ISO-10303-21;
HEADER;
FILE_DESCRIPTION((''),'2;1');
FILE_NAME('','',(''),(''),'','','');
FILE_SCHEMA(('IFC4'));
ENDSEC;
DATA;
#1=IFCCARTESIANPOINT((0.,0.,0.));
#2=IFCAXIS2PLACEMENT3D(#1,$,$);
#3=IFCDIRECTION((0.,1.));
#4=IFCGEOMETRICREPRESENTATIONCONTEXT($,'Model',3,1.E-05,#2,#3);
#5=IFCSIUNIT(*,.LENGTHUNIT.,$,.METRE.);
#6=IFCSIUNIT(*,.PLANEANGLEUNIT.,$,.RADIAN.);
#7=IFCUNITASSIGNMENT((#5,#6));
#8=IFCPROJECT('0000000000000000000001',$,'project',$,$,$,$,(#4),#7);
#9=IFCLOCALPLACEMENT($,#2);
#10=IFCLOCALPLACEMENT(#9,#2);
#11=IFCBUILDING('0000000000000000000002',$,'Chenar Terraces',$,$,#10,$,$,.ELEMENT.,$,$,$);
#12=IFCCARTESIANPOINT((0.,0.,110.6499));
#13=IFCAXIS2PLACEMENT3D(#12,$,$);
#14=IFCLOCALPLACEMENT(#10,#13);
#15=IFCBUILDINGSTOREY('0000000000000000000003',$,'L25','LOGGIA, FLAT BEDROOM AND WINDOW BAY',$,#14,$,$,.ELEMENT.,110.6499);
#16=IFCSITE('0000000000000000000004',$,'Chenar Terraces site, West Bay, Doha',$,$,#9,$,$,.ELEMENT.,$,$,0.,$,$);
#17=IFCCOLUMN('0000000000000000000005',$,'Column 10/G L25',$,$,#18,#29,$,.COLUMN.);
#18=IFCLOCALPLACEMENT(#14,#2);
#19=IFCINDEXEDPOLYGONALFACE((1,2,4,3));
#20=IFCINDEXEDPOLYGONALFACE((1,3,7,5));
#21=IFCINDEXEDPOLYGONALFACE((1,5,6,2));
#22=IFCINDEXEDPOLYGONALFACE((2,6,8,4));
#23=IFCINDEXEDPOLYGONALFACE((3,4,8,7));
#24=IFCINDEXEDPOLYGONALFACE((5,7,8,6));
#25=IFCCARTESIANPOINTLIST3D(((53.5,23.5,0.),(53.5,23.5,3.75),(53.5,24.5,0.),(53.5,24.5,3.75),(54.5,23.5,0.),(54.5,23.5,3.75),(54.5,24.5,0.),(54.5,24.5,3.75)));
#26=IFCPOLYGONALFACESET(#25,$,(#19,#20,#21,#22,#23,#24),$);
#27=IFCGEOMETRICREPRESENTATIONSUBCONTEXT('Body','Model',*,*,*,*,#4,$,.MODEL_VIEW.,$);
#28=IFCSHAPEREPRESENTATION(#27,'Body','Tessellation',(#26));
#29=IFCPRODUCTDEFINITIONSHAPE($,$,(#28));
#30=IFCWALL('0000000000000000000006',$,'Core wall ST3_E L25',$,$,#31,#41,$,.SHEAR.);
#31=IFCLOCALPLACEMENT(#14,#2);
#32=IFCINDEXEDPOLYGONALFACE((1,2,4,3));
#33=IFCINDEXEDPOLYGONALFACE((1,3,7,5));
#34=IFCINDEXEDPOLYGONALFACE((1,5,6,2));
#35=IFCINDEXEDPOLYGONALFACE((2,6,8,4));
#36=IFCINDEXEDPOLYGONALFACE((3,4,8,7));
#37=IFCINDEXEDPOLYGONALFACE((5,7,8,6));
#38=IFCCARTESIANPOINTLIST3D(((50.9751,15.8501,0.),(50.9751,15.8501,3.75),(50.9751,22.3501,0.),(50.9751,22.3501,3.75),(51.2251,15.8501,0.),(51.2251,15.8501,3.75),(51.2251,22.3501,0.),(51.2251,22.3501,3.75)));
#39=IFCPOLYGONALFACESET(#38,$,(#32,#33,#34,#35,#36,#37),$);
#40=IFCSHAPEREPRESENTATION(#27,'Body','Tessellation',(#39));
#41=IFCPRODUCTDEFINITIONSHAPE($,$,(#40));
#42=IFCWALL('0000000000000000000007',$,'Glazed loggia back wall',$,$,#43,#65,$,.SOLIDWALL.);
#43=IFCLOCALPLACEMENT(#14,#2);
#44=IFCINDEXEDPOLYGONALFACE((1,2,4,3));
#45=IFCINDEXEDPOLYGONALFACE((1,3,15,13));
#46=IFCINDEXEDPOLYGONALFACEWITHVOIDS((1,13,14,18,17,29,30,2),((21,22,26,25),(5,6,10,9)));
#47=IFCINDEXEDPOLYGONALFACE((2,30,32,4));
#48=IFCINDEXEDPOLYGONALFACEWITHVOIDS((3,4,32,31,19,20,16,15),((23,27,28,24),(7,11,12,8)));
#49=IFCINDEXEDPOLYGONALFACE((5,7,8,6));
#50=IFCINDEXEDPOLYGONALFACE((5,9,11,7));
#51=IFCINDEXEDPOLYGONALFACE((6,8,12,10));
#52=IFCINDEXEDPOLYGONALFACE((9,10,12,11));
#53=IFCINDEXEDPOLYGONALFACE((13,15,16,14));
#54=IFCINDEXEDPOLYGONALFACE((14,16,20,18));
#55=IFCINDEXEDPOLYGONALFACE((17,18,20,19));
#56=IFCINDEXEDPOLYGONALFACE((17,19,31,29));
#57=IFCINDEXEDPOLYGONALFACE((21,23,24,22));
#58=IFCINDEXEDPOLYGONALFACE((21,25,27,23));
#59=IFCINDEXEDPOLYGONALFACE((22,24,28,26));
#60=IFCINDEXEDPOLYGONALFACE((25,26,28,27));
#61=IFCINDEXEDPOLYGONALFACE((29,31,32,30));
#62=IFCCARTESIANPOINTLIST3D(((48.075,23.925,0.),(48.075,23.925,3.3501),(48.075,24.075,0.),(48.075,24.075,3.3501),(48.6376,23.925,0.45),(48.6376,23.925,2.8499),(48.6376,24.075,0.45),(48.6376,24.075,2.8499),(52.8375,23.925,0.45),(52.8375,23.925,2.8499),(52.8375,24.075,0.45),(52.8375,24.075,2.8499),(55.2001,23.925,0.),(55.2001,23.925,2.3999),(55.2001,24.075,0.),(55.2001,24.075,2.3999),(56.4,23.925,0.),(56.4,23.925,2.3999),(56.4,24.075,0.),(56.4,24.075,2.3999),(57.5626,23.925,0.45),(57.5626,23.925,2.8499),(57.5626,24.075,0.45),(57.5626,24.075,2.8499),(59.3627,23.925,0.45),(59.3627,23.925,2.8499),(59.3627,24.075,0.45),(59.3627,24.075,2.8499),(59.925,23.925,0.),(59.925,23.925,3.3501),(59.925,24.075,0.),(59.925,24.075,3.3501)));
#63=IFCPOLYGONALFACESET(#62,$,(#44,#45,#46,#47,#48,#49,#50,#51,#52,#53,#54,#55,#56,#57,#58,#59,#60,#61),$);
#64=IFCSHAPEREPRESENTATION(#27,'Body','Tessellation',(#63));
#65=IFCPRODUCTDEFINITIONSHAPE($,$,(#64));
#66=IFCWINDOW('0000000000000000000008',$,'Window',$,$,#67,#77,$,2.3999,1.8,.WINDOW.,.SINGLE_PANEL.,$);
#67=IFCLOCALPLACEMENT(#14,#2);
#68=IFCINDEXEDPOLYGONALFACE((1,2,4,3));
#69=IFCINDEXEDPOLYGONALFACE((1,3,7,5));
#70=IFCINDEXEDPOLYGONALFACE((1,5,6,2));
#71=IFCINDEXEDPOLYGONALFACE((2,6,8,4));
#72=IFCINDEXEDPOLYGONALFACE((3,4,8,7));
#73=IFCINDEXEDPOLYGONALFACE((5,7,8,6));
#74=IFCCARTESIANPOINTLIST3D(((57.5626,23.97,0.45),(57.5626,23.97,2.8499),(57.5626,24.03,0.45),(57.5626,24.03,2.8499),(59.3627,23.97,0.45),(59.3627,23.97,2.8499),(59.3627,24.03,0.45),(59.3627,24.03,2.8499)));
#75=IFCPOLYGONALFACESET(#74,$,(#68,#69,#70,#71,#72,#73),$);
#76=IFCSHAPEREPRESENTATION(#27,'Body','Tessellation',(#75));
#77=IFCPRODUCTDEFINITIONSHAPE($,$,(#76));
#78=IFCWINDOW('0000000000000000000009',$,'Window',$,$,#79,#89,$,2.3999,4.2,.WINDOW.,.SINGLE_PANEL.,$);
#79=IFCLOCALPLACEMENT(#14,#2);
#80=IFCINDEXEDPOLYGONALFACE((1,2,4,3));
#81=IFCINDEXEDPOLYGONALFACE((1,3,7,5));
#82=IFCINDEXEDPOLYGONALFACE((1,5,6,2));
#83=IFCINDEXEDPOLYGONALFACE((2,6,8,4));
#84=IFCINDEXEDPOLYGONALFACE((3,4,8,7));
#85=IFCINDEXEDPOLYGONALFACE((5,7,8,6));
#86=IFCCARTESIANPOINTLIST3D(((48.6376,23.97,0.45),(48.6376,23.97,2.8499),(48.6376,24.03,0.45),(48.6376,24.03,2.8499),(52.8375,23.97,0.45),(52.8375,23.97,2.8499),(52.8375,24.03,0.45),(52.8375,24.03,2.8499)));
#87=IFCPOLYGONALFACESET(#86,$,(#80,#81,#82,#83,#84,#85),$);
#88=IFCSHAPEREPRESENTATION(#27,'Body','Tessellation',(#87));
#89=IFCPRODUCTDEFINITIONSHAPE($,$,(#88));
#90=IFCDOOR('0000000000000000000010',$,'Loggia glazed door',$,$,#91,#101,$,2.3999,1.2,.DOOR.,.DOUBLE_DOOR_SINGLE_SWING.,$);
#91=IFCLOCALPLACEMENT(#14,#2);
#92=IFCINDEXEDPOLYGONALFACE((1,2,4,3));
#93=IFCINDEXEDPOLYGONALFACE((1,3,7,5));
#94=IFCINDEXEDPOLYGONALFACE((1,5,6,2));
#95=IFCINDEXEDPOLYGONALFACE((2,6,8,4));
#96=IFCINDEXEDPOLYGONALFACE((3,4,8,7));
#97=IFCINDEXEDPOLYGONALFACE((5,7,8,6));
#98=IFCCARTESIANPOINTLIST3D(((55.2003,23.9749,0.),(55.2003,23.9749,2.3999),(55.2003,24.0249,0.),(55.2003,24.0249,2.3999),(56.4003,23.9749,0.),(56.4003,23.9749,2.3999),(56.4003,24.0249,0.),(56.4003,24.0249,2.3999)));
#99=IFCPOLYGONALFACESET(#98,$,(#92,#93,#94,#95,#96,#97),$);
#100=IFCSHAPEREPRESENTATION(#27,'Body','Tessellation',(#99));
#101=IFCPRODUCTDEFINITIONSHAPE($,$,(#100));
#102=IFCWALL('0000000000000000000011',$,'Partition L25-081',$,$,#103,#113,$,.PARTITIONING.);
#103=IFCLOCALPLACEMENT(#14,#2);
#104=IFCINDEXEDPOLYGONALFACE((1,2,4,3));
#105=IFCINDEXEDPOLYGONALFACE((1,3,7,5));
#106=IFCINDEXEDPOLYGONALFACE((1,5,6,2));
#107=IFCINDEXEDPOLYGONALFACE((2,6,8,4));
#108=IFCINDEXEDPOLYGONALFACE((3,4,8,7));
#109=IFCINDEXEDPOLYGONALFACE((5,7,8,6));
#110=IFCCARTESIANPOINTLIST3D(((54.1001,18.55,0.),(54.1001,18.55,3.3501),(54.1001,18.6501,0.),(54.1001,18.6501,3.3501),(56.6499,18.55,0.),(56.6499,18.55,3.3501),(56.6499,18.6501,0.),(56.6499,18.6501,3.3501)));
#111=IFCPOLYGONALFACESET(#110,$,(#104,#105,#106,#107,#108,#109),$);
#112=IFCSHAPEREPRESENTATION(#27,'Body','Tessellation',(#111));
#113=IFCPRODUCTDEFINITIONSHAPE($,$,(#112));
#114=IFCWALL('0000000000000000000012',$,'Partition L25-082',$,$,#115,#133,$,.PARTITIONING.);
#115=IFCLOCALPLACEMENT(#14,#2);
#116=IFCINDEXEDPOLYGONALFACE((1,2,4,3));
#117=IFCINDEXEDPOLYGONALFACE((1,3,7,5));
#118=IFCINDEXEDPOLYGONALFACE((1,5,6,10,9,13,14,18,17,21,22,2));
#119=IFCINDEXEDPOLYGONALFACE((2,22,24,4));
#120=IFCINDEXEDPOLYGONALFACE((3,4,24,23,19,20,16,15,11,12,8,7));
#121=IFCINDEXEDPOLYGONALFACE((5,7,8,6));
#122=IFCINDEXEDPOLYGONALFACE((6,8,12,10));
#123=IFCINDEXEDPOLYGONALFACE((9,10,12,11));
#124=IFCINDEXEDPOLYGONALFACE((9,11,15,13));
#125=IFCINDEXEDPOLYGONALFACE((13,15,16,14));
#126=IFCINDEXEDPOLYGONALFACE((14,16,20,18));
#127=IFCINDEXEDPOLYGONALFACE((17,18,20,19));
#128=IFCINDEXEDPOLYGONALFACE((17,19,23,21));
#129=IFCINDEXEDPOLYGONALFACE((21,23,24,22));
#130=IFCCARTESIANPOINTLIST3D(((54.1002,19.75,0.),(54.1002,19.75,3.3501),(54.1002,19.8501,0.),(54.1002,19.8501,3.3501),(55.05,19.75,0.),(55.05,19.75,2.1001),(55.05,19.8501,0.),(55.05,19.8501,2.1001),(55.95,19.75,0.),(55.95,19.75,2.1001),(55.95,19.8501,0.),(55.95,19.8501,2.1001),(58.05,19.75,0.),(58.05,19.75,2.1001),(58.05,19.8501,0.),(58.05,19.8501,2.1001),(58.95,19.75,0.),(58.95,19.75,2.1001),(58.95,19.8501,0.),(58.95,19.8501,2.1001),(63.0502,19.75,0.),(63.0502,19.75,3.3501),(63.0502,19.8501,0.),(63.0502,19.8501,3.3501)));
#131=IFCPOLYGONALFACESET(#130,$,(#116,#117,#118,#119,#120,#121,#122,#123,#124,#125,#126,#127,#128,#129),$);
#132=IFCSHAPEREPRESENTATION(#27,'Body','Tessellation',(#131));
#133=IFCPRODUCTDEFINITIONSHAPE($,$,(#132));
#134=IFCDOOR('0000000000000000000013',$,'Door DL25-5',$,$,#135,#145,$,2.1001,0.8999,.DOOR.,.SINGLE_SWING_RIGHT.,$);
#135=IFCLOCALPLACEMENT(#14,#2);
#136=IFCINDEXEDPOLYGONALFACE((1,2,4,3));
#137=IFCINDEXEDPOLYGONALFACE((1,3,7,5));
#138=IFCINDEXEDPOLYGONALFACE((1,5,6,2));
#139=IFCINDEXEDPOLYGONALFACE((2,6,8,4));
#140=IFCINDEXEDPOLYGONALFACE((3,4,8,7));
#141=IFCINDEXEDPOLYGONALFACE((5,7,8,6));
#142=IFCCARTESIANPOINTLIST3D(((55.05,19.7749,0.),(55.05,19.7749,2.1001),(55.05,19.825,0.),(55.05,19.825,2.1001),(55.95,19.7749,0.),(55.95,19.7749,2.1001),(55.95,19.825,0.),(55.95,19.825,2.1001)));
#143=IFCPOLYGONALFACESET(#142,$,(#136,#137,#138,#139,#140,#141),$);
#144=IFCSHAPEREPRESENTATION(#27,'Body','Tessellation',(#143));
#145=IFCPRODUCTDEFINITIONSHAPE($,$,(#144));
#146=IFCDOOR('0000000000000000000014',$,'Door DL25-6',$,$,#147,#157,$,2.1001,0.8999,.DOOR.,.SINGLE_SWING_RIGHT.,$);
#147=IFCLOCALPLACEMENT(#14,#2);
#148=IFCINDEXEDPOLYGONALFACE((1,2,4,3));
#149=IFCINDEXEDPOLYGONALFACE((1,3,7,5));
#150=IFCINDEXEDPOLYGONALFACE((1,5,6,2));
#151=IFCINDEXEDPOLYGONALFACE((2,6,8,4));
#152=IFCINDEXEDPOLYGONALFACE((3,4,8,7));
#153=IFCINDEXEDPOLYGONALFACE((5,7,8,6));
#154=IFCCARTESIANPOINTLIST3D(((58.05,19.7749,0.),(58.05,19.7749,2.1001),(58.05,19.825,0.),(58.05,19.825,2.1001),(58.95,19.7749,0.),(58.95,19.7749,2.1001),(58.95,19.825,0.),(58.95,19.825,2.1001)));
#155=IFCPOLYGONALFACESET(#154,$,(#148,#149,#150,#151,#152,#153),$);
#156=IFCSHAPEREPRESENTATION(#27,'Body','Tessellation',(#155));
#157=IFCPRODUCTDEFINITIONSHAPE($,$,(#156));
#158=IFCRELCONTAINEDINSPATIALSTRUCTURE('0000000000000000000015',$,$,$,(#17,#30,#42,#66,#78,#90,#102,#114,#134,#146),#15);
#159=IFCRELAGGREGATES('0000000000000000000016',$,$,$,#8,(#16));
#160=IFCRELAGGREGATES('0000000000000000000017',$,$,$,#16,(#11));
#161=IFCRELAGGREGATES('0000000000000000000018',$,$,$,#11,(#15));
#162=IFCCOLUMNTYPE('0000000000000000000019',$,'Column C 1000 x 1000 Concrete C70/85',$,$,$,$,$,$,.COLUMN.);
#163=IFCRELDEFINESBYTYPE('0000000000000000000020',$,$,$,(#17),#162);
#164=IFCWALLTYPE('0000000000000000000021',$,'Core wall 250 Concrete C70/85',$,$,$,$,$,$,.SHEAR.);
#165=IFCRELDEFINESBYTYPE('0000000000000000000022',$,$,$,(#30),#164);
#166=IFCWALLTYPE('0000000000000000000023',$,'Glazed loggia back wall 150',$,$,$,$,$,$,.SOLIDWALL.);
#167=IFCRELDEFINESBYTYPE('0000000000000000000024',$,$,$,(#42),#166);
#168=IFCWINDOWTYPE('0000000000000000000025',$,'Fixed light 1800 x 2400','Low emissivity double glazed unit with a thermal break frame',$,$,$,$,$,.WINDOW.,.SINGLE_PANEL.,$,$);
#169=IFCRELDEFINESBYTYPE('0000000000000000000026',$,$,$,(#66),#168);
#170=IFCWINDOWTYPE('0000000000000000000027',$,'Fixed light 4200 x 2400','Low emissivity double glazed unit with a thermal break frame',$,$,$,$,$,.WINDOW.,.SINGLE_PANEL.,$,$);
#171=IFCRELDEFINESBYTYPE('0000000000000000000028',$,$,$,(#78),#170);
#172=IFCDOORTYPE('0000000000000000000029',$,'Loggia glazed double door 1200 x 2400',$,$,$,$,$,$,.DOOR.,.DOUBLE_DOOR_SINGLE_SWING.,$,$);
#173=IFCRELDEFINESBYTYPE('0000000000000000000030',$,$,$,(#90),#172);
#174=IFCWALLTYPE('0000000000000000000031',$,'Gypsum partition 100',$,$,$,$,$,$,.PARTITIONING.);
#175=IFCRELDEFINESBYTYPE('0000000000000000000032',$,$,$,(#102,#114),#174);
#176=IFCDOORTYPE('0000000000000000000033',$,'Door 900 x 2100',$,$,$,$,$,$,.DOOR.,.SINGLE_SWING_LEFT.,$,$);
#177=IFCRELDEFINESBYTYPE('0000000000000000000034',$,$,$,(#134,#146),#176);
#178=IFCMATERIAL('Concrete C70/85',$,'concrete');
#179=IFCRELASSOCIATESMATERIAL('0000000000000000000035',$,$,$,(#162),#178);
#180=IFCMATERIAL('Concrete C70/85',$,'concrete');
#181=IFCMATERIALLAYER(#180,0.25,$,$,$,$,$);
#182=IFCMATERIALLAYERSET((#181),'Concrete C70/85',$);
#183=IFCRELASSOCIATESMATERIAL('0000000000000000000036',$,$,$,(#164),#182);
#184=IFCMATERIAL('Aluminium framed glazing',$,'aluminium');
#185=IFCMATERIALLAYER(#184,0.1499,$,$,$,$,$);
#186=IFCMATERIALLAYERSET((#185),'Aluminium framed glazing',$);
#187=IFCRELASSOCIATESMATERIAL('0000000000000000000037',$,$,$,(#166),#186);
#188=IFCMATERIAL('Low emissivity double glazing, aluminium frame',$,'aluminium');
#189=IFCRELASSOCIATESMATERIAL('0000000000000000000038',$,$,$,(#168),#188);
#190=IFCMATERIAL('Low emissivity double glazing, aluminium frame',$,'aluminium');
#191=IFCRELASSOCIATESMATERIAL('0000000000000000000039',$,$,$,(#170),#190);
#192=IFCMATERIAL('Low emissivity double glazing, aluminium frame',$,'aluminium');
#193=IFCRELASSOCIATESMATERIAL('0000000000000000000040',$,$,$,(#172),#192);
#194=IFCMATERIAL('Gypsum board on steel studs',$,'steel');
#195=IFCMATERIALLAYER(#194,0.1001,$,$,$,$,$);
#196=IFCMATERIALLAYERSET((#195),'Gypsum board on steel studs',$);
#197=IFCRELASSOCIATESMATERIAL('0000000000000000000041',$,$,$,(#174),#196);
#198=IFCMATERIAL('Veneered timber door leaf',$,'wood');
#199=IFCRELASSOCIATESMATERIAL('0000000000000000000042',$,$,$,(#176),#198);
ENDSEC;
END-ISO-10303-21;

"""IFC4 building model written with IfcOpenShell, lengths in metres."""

from ifc_helpers import new_model, si_unit, direction, frame, frame_2d, origin, origin_2d, place, context, subcontext, project, spatial, rectangle, extrude, material, layer, layer_set, material_profile, profile_set, type_object, element, fill, save


model = new_model("IFC4")

# Units and contexts
model_context = context("Model", 3, precision=1e-05, world=origin(), true_north=direction((0.0, 1.0)))
body_context = subcontext(model_context, "Body", "Model", "MODEL_VIEW")
ifc_project = project(units=[si_unit("LENGTHUNIT", "METRE"), si_unit("PLANEANGLEUNIT", "RADIAN")], contexts=[model_context])

# Site, building, storey
site_placement = place(None, origin())
site = spatial("IfcSite", under=ifc_project, at=site_placement, Name="Chenar Terraces site, West Bay, Doha", CompositionType="ELEMENT", RefElevation=0.0)
building_placement = place(site_placement, origin())
building = spatial("IfcBuilding", under=site, at=building_placement, Name="Chenar Terraces", CompositionType="ELEMENT")
storey_placement = place(building_placement, frame((0.0, 0.0, 110.6499)))
storey = spatial("IfcBuildingStorey", under=building, at=storey_placement, Name="L25", Description="LOGGIA, FLAT BEDROOM AND WINDOW BAY", CompositionType="ELEMENT", Elevation=110.6499)

# Column
ifc_material_1 = material(Name="Concrete C70/85", Category="concrete")
ifc_material_profile = material_profile(ifc_material_1, rectangle(XDim=1.0, YDim=1.0, at=origin_2d()), Name="C 1000 x 1000")
ifc_profile_set = profile_set([ifc_material_profile], Name="Concrete C70/85")
column_type = type_object("IfcColumnType", Name="Column C 1000 x 1000 Concrete C70/85", PredefinedType="COLUMN", material=ifc_profile_set)
column_placement = place(storey_placement, frame((54.0, 24.0, 0.0), z_axis=(0.0, 0.0, 1.0), x_axis=(1.0, 0.0, 0.0)))
element("IfcColumn", 1, at=column_placement, inside=storey, type_object=column_type, Name="Column 10/G L25", PredefinedType="COLUMN", context=body_context, shape_type="SweptSolid", body=[
    extrude(rectangle(XDim=1.0, YDim=1.0, at=origin_2d()), origin(), (0.0, 0.0, 1.0), 3.75),
])

# Wall
ifc_material_2 = material(Name="Concrete C70/85", Category="concrete")
ifc_layer_1 = layer(ifc_material_2, 0.25)
ifc_layer_set_1 = layer_set([ifc_layer_1], Name="Concrete C70/85")
wall_type_1 = type_object("IfcWallType", Name="Core wall 250 Concrete C70/85", PredefinedType="SHEAR", material=ifc_layer_set_1)
wall_1_placement = place(storey_placement, frame((51.1001, 15.8501, 0.0), z_axis=(0.0, 0.0, 1.0), x_axis=(0.0, 1.0, 0.0)))
element("IfcWall", 2, at=wall_1_placement, inside=storey, type_object=wall_type_1, Name="Core wall ST3_E L25", PredefinedType="SHEAR", context=body_context, shape_type="SweptSolid", body=[
    extrude(rectangle(XDim=6.5, YDim=0.25, at=frame_2d((3.25, 0.0))), origin(), (0.0, 0.0, 1.0), 3.75),
])

# Wall, openings, windows, door
ifc_material_3 = material(Name="Aluminium framed glazing", Category="aluminium")
ifc_layer_2 = layer(ifc_material_3, 0.1499)
ifc_layer_set_2 = layer_set([ifc_layer_2], Name="Aluminium framed glazing")
wall_type_2 = type_object("IfcWallType", Name="Glazed loggia back wall 150", PredefinedType="SOLIDWALL", material=ifc_layer_set_2)
wall_2_placement = place(storey_placement, frame((59.925, 24.0, 0.0), z_axis=(0.0, 0.0, 1.0), x_axis=(-1.0, 0.0, 0.0)))
wall_2 = element("IfcWall", 3, at=wall_2_placement, inside=storey, type_object=wall_type_2, Name="Glazed loggia back wall", PredefinedType="SOLIDWALL", context=body_context, shape_type="SweptSolid", body=[
    extrude(rectangle(XDim=11.8501, YDim=0.1499, at=frame_2d((5.925, 0.0))), origin(), (0.0, 0.0, 1.0), 3.3501),
])
opening_1_placement = place(wall_2_placement, frame((0.5625, 0.0, 0.45)))
opening_1 = element("IfcOpeningElement", 4, at=opening_1_placement, cuts=wall_2, PredefinedType="OPENING", context=body_context, shape_type="SweptSolid", body=[
    extrude(rectangle(XDim=1.8, YDim=2.3999, at=frame_2d((0.8999, 1.2))), frame((0.0, 0.085, 0.0), z_axis=(0.0, -1.0, 0.0), x_axis=(1.0, 0.0, 0.0)), (0.0, 0.0, 1.0), 0.1699),
])
opening_2_placement = place(wall_2_placement, frame((3.5249, 0.0, 0.0)))
opening_2 = element("IfcOpeningElement", 5, at=opening_2_placement, cuts=wall_2, PredefinedType="OPENING", context=body_context, shape_type="SweptSolid", body=[
    extrude(rectangle(XDim=1.2, YDim=2.3999, at=frame_2d((0.6001, 1.2))), frame((0.0, 0.085, 0.0), z_axis=(0.0, -1.0, 0.0), x_axis=(1.0, 0.0, 0.0)), (0.0, 0.0, 1.0), 0.1699),
])
opening_3_placement = place(wall_2_placement, frame((7.0874, 0.0, 0.45)))
opening_3 = element("IfcOpeningElement", 6, at=opening_3_placement, cuts=wall_2, PredefinedType="OPENING", context=body_context, shape_type="SweptSolid", body=[
    extrude(rectangle(XDim=4.2, YDim=2.3999, at=frame_2d((2.1001, 1.2))), frame((0.0, 0.085, 0.0), z_axis=(0.0, -1.0, 0.0), x_axis=(1.0, 0.0, 0.0)), (0.0, 0.0, 1.0), 0.1699),
])
ifc_material_4 = material(Name="Low emissivity double glazing, aluminium frame", Category="aluminium")
window_type_1 = type_object("IfcWindowType", Name="Fixed light 1800 x 2400", Description="Low emissivity double glazed unit with a thermal break frame", PartitioningType="SINGLE_PANEL", PredefinedType="WINDOW", material=ifc_material_4)
window_1_placement = place(opening_1_placement, origin())
window_1 = element("IfcWindow", 7, at=window_1_placement, inside=storey, type_object=window_type_1, Name="Window", OverallHeight=2.3999, OverallWidth=1.8, PartitioningType="SINGLE_PANEL", PredefinedType="WINDOW", context=body_context, shape_type="SweptSolid", body=[
    extrude(rectangle(XDim=1.8, YDim=2.3999, at=frame_2d((0.8999, 1.2))), frame((0.0, 0.03, 0.0), z_axis=(0.0, -1.0, 0.0), x_axis=(1.0, 0.0, 0.0)), (0.0, 0.0, 1.0), 0.0601),
])
fill(opening_1, window_1)
ifc_material_5 = material(Name="Low emissivity double glazing, aluminium frame", Category="aluminium")
window_type_2 = type_object("IfcWindowType", Name="Fixed light 4200 x 2400", Description="Low emissivity double glazed unit with a thermal break frame", PartitioningType="SINGLE_PANEL", PredefinedType="WINDOW", material=ifc_material_5)
window_2_placement = place(opening_3_placement, origin())
window_2 = element("IfcWindow", 8, at=window_2_placement, inside=storey, type_object=window_type_2, Name="Window", OverallHeight=2.3999, OverallWidth=4.2, PartitioningType="SINGLE_PANEL", PredefinedType="WINDOW", context=body_context, shape_type="SweptSolid", body=[
    extrude(rectangle(XDim=4.2, YDim=2.3999, at=frame_2d((2.1001, 1.2))), frame((0.0, 0.03, 0.0), z_axis=(0.0, -1.0, 0.0), x_axis=(1.0, 0.0, 0.0)), (0.0, 0.0, 1.0), 0.0601),
])
fill(opening_3, window_2)
ifc_material_6 = material(Name="Low emissivity double glazing, aluminium frame", Category="aluminium")
door_type_1 = type_object("IfcDoorType", Name="Loggia glazed double door 1200 x 2400", OperationType="DOUBLE_DOOR_SINGLE_SWING", PredefinedType="DOOR", material=ifc_material_6)
door_1_placement = place(opening_2_placement, frame((1.2, 0.0, 0.0), z_axis=(0.0, 0.0, 1.0), x_axis=(-1.0, 0.0, 0.0)))
door_1 = element("IfcDoor", 9, at=door_1_placement, inside=storey, type_object=door_type_1, Name="Loggia glazed door", OperationType="DOUBLE_DOOR_SINGLE_SWING", OverallHeight=2.3999, OverallWidth=1.2, PredefinedType="DOOR", context=body_context, shape_type="SweptSolid", body=[
    extrude(rectangle(XDim=1.2, YDim=2.3999, at=frame_2d((0.6001, 1.2))), frame((0.0, 0.0249, 0.0), z_axis=(0.0, -1.0, 0.0), x_axis=(1.0, 0.0, 0.0)), (0.0, 0.0, 1.0), 0.05),
])
fill(opening_2, door_1)

# Wall
ifc_material_7 = material(Name="Gypsum board on steel studs", Category="steel")
ifc_layer_3 = layer(ifc_material_7, 0.1001)
ifc_layer_set_3 = layer_set([ifc_layer_3], Name="Gypsum board on steel studs")
wall_type_3 = type_object("IfcWallType", Name="Gypsum partition 100", PredefinedType="PARTITIONING", material=ifc_layer_set_3)
wall_3_placement = place(storey_placement, frame((54.1001, 18.6001, 0.0), z_axis=(0.0, 0.0, 1.0), x_axis=(1.0, 0.0, 0.0)))
element("IfcWall", 10, at=wall_3_placement, inside=storey, type_object=wall_type_3, Name="Partition L25-081", PredefinedType="PARTITIONING", context=body_context, shape_type="SweptSolid", body=[
    extrude(rectangle(XDim=2.5498, YDim=0.1001, at=frame_2d((1.2749, 0.0))), origin(), (0.0, 0.0, 1.0), 3.3501),
])

# Wall, openings, doors
wall_4_placement = place(storey_placement, frame((54.1001, 19.8, 0.0), z_axis=(0.0, 0.0, 1.0), x_axis=(1.0, 0.0, 0.0)))
wall_4 = element("IfcWall", 11, at=wall_4_placement, inside=storey, type_object=wall_type_3, Name="Partition L25-082", PredefinedType="PARTITIONING", context=body_context, shape_type="SweptSolid", body=[
    extrude(rectangle(XDim=8.95, YDim=0.1001, at=frame_2d((4.4751, 0.0))), origin(), (0.0, 0.0, 1.0), 3.3501),
])
opening_4_placement = place(wall_4_placement, frame((0.95, 0.0, 0.0)))
opening_4 = element("IfcOpeningElement", 12, at=opening_4_placement, cuts=wall_4, PredefinedType="OPENING", context=body_context, shape_type="SweptSolid", body=[
    extrude(rectangle(XDim=0.8999, YDim=2.1001, at=frame_2d((0.45, 1.05))), frame((0.0, 0.0601, 0.0), z_axis=(0.0, -1.0, 0.0), x_axis=(1.0, 0.0, 0.0)), (0.0, 0.0, 1.0), 0.1201),
])
opening_5_placement = place(wall_4_placement, frame((3.95, 0.0, 0.0)))
opening_5 = element("IfcOpeningElement", 13, at=opening_5_placement, cuts=wall_4, PredefinedType="OPENING", context=body_context, shape_type="SweptSolid", body=[
    extrude(rectangle(XDim=0.8999, YDim=2.1001, at=frame_2d((0.45, 1.05))), frame((0.0, 0.0601, 0.0), z_axis=(0.0, -1.0, 0.0), x_axis=(1.0, 0.0, 0.0)), (0.0, 0.0, 1.0), 0.1201),
])
ifc_material_8 = material(Name="Veneered timber door leaf", Category="wood")
door_type_2 = type_object("IfcDoorType", Name="Door 900 x 2100", OperationType="SINGLE_SWING_LEFT", PredefinedType="DOOR", material=ifc_material_8)
door_2_placement = place(opening_4_placement, origin())
door_2 = element("IfcDoor", 14, at=door_2_placement, inside=storey, type_object=door_type_2, Name="Door DL25-5", OperationType="SINGLE_SWING_RIGHT", OverallHeight=2.1001, OverallWidth=0.8999, PredefinedType="DOOR", context=body_context, shape_type="SweptSolid", body=[
    extrude(rectangle(XDim=0.8999, YDim=2.1001, at=frame_2d((0.45, 1.05))), frame((0.0, 0.0249, 0.0), z_axis=(0.0, -1.0, 0.0), x_axis=(1.0, 0.0, 0.0)), (0.0, 0.0, 1.0), 0.05),
])
fill(opening_4, door_2)
door_3_placement = place(opening_5_placement, origin())
door_3 = element("IfcDoor", 15, at=door_3_placement, inside=storey, type_object=door_type_2, Name="Door DL25-6", OperationType="SINGLE_SWING_RIGHT", OverallHeight=2.1001, OverallWidth=0.8999, PredefinedType="DOOR", context=body_context, shape_type="SweptSolid", body=[
    extrude(rectangle(XDim=0.8999, YDim=2.1001, at=frame_2d((0.45, 1.05))), frame((0.0, 0.0249, 0.0), z_axis=(0.0, -1.0, 0.0), x_axis=(1.0, 0.0, 0.0)), (0.0, 0.0, 1.0), 0.05),
])
fill(opening_5, door_3)

save(model, "model.ifc")
